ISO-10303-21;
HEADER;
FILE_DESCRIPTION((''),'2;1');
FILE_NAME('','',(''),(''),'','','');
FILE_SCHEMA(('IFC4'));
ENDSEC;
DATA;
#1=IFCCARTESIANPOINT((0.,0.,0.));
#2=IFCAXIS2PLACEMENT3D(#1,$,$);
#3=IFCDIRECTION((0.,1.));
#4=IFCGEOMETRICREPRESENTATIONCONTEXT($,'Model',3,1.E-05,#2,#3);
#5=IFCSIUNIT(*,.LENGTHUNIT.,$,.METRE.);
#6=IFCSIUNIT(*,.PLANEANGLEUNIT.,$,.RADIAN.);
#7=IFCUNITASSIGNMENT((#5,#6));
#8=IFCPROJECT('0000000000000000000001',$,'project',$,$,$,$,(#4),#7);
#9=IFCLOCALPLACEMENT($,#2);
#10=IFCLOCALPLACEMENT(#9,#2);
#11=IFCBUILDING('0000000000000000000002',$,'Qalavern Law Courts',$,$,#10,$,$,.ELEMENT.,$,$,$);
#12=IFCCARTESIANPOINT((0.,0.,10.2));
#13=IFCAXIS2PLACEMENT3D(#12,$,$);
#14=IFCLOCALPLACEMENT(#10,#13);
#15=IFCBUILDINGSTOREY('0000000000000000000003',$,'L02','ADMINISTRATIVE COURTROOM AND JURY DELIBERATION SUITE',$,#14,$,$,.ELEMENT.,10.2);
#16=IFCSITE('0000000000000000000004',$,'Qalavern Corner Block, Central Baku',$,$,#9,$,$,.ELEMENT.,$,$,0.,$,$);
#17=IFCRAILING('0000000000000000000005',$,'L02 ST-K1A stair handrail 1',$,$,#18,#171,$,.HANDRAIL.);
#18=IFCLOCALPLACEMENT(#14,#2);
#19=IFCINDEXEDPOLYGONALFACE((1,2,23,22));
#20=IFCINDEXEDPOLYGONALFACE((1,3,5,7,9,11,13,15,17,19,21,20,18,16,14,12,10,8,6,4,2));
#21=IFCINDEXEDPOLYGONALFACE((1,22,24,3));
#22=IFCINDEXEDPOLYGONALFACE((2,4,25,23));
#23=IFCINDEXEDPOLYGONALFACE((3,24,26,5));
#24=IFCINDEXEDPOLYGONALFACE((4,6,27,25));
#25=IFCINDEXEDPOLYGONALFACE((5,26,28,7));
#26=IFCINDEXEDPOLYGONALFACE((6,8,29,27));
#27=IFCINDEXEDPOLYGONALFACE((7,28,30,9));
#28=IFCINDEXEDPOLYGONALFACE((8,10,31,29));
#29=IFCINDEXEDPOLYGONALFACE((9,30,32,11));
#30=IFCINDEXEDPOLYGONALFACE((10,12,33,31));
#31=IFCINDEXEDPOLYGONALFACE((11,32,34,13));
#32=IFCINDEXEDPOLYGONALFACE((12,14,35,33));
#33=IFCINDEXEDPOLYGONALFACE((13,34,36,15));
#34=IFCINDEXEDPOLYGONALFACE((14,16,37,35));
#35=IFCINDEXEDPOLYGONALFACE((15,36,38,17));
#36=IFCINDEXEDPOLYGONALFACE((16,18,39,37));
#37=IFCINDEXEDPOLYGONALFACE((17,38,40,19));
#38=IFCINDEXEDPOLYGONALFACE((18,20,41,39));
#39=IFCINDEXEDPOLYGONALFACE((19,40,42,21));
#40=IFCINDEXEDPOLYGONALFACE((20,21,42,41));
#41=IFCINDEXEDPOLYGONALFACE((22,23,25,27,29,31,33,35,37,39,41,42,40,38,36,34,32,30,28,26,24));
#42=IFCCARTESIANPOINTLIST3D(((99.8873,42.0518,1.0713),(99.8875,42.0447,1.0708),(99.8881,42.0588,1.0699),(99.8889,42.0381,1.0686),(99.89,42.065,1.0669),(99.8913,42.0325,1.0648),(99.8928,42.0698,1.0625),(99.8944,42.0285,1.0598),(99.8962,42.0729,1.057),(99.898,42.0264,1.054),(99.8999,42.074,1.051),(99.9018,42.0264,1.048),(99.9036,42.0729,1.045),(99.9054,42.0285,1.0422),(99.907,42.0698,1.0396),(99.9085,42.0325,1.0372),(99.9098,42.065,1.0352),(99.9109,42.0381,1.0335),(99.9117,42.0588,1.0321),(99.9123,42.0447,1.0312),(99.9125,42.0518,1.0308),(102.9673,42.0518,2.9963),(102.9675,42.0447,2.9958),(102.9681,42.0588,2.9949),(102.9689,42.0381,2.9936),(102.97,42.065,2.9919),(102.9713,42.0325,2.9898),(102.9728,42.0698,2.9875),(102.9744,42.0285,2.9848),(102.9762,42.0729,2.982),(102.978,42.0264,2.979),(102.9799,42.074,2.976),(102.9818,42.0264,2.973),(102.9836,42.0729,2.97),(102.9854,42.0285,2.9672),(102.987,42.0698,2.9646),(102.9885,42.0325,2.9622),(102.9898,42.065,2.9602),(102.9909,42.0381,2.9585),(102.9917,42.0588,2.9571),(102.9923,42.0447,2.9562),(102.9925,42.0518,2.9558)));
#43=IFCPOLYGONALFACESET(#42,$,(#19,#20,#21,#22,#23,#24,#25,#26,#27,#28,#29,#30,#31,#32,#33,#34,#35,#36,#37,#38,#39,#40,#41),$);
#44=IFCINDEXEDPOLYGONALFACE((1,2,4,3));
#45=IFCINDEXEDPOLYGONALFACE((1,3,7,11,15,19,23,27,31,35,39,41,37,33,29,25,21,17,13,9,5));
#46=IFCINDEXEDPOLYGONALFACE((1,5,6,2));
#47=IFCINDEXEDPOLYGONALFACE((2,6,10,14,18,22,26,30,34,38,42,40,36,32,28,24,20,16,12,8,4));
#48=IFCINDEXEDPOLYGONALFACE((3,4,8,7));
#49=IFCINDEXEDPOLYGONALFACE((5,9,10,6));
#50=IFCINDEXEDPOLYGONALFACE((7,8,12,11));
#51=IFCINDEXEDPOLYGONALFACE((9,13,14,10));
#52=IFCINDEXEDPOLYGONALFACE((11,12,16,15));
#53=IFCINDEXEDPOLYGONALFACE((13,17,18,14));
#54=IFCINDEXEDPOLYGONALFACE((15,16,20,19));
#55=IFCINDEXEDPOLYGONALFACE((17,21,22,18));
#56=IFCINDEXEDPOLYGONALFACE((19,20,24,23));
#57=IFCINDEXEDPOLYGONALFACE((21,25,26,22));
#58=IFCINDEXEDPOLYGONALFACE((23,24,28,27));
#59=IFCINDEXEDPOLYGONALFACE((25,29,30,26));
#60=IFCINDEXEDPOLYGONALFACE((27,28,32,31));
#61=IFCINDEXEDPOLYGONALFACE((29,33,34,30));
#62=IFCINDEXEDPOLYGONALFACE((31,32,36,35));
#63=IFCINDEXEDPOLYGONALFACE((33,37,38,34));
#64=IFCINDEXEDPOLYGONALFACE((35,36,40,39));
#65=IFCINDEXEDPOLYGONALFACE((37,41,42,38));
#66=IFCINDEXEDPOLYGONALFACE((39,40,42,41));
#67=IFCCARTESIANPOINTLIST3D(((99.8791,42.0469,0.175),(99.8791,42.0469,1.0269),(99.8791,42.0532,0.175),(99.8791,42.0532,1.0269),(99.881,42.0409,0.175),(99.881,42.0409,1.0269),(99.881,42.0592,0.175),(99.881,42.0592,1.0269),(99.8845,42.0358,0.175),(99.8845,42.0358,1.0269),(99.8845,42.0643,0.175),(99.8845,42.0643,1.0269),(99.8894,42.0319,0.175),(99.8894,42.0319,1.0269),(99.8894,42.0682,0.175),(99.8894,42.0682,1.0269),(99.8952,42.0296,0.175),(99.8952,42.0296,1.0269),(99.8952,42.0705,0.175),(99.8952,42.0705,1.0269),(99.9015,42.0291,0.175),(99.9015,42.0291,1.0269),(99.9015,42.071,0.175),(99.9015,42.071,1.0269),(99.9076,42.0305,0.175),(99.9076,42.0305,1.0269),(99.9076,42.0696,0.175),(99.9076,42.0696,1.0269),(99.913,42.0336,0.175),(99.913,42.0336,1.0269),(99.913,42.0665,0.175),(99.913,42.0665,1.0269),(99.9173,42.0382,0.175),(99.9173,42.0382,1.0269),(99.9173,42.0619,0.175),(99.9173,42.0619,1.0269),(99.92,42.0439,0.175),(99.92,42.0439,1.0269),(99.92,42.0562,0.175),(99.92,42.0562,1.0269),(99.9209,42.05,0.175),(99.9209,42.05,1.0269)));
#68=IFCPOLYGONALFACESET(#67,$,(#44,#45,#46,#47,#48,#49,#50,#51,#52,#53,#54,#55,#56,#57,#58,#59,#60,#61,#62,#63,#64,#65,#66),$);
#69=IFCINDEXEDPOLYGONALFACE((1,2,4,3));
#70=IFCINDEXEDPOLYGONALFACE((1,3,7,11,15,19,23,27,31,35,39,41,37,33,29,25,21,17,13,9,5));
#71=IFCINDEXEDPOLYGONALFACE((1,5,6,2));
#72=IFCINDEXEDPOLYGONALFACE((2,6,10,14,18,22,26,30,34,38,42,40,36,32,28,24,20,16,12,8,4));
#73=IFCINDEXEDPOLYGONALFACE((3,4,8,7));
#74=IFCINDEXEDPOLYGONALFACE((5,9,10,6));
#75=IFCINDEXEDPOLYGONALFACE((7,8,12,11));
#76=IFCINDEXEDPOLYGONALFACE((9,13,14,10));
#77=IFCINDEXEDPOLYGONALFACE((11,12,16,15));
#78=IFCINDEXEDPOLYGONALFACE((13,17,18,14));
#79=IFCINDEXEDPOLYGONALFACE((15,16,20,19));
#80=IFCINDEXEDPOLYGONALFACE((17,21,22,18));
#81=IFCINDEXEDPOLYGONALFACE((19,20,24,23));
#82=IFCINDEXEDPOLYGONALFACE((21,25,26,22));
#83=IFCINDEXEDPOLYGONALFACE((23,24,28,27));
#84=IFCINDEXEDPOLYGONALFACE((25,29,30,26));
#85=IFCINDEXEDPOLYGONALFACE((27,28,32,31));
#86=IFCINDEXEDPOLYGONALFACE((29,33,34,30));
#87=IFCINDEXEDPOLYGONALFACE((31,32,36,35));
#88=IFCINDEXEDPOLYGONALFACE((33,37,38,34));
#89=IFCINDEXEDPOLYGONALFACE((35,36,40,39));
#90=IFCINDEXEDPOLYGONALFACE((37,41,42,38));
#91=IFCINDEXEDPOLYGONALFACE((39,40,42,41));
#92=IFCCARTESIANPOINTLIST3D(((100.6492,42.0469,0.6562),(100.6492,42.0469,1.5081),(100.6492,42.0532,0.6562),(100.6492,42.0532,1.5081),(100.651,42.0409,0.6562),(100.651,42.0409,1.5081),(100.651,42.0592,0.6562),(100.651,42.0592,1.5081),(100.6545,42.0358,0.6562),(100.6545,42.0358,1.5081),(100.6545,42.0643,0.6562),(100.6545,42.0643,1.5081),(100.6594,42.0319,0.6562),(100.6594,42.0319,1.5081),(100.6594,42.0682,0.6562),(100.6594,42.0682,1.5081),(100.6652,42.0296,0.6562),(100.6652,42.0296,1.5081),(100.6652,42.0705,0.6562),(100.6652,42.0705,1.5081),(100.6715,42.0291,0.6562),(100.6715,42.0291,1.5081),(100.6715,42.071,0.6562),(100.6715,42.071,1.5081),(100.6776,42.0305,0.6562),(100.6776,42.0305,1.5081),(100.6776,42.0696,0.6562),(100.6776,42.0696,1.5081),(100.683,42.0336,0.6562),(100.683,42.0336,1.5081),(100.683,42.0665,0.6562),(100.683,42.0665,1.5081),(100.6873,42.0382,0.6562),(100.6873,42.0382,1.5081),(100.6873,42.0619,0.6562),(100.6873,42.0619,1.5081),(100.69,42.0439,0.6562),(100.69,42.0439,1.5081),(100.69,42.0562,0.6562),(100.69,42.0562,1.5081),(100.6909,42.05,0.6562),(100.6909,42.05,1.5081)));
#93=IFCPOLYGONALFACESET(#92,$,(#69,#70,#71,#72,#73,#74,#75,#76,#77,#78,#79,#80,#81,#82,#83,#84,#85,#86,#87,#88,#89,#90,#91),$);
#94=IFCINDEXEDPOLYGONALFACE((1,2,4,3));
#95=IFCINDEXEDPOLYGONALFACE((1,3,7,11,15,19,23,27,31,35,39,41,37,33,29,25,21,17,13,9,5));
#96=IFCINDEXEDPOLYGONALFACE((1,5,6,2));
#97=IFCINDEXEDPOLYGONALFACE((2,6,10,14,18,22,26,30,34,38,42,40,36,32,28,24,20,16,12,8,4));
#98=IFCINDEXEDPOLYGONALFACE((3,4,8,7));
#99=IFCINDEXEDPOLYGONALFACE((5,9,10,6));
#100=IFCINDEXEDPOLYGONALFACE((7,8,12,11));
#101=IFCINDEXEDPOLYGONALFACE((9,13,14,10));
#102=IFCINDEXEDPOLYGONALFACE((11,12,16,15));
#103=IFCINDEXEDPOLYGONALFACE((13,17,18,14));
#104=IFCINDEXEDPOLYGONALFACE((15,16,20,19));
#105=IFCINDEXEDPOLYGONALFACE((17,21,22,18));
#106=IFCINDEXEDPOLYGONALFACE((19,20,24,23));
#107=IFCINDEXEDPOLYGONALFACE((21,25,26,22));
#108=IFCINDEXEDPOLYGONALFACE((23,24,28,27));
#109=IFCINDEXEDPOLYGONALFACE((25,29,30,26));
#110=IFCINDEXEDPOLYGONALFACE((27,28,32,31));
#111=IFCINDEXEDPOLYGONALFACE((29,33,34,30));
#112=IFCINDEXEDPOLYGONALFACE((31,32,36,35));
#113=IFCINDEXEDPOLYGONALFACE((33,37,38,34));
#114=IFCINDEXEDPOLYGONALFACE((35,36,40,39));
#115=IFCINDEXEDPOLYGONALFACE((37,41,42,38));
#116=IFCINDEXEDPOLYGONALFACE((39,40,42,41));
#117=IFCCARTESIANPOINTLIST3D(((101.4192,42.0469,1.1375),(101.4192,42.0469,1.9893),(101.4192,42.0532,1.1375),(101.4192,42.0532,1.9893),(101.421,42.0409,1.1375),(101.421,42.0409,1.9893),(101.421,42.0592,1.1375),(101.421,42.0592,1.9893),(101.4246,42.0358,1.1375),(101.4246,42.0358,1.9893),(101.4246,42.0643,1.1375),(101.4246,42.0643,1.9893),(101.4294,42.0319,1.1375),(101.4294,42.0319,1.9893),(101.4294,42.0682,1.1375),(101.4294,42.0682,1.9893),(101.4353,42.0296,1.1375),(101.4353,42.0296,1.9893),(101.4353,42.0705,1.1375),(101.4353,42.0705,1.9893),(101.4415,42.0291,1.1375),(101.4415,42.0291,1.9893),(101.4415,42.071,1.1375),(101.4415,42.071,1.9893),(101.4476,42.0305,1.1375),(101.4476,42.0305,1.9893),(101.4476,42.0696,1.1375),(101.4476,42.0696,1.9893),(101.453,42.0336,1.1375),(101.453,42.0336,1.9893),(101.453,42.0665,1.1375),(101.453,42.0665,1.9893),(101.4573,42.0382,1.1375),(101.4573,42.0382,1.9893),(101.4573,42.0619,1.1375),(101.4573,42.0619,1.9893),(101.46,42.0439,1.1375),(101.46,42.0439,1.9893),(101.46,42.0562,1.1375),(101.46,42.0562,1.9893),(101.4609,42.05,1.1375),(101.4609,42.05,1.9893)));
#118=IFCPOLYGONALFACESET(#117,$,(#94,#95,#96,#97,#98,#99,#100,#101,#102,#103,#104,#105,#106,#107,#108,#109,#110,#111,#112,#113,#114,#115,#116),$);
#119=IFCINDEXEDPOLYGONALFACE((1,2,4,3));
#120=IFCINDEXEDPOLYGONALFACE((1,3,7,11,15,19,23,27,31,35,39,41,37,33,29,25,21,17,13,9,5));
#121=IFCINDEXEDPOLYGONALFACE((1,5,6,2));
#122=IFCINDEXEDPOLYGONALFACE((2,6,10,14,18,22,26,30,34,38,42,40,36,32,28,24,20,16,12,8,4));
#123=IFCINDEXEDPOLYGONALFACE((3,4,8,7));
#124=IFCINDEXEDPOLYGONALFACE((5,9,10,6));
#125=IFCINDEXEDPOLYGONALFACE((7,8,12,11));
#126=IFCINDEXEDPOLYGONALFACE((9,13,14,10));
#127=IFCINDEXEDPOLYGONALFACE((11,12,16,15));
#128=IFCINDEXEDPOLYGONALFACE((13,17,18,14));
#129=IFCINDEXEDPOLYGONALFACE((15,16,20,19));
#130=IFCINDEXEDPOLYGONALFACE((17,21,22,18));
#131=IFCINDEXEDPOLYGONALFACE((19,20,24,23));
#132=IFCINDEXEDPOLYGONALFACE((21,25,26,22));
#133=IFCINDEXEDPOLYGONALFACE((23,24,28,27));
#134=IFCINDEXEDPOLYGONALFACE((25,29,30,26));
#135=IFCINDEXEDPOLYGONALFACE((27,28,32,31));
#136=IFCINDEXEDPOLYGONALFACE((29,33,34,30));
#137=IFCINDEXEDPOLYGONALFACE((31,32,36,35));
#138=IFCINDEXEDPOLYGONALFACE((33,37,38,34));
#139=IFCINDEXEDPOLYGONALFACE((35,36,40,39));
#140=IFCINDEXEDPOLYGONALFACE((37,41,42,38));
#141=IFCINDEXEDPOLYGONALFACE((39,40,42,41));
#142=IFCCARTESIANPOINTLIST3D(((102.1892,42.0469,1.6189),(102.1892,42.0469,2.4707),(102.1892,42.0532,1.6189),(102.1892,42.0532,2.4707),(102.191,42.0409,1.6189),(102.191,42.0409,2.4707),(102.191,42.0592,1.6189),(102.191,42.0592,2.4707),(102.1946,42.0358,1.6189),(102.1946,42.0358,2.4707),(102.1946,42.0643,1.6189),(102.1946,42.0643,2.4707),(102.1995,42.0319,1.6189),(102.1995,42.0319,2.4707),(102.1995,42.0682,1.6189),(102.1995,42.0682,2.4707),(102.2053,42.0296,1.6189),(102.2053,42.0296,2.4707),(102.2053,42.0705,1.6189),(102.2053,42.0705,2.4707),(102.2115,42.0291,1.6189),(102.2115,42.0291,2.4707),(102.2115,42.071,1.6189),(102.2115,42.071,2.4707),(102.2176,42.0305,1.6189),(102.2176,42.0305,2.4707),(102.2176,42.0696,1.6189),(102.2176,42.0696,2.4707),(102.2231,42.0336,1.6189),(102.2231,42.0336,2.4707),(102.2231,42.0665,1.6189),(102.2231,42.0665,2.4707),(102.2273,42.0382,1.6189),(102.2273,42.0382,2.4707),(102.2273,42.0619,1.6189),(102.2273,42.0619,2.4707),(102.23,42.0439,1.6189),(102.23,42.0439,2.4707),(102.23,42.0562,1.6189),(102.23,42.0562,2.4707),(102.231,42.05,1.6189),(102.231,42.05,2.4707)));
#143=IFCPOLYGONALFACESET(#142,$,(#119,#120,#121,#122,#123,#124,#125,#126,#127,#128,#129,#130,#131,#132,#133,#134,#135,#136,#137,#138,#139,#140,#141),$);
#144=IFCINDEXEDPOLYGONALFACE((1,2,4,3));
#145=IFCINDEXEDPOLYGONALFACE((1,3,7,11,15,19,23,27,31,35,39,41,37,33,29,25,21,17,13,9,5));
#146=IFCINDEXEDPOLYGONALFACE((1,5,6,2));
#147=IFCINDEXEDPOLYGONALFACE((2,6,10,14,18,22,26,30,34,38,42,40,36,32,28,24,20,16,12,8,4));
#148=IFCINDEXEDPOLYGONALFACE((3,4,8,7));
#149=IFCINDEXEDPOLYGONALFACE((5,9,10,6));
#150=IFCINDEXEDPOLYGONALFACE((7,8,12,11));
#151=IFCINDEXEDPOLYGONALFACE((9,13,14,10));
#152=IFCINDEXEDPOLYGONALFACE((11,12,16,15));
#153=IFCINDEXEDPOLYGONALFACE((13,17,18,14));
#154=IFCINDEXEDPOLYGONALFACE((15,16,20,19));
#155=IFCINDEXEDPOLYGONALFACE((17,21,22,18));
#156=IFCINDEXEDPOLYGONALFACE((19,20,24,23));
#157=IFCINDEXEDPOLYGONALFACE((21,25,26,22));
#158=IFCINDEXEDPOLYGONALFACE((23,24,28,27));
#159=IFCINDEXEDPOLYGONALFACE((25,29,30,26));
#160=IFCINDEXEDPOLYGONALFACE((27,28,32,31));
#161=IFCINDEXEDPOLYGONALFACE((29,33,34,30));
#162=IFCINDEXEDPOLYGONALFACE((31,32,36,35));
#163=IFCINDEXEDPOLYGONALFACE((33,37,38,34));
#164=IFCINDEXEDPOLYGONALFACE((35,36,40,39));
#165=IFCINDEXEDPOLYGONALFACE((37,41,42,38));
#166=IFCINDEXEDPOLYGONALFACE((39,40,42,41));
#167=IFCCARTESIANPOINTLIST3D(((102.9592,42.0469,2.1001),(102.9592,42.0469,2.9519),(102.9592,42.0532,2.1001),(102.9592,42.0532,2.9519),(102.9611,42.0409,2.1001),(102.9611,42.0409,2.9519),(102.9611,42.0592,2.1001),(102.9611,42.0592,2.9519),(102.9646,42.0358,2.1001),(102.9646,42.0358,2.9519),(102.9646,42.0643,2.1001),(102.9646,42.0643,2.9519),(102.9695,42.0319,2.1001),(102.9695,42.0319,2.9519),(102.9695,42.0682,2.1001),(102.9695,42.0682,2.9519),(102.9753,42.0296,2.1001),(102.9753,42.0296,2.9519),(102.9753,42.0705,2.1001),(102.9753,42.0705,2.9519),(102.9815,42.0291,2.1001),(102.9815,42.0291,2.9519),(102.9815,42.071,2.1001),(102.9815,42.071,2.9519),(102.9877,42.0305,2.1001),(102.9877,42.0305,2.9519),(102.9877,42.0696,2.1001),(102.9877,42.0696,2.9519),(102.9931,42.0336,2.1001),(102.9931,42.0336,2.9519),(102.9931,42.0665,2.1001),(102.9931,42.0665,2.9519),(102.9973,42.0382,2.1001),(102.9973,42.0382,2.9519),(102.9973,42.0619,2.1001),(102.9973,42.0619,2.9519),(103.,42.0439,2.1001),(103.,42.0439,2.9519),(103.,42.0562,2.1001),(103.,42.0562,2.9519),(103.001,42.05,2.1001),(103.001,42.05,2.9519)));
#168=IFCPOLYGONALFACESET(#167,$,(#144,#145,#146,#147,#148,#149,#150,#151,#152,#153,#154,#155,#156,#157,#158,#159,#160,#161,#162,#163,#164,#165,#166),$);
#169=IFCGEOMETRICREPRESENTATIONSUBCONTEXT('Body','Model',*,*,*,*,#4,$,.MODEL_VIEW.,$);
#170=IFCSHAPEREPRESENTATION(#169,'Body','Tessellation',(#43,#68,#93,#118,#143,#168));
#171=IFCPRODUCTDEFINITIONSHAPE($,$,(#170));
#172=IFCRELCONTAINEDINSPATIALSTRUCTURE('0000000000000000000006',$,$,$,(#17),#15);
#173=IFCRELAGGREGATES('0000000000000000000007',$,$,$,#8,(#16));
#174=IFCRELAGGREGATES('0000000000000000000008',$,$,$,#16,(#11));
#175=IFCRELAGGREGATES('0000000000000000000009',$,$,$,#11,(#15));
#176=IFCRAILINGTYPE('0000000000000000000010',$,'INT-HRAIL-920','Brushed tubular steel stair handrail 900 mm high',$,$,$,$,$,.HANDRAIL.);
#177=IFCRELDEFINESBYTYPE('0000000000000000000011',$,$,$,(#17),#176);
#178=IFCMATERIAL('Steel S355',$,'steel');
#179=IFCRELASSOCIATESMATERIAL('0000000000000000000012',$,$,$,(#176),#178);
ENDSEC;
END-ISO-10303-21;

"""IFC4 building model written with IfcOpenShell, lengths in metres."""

from ifc_helpers import new_model, si_unit, direction, frame, origin, origin_2d, place, context, subcontext, project, spatial, circle, extrude, material, type_object, element, save


model = new_model("IFC4")

# Units and contexts
model_context = context("Model", 3, precision=1e-05, world=origin(), true_north=direction((0.0, 1.0)))
body_context = subcontext(model_context, "Body", "Model", "MODEL_VIEW")
ifc_project = project(units=[si_unit("LENGTHUNIT", "METRE"), si_unit("PLANEANGLEUNIT", "RADIAN")], contexts=[model_context])

# Site, building, storey
site_placement = place(None, origin())
site = spatial("IfcSite", under=ifc_project, at=site_placement, Name="Qalavern Corner Block, Central Baku", CompositionType="ELEMENT", RefElevation=0.0)
building_placement = place(site_placement, origin())
building = spatial("IfcBuilding", under=site, at=building_placement, Name="Qalavern Law Courts", CompositionType="ELEMENT")
storey_placement = place(building_placement, frame((0.0, 0.0, 10.2)))
storey = spatial("IfcBuildingStorey", under=building, at=storey_placement, Name="L02", Description="ADMINISTRATIVE COURTROOM AND JURY DELIBERATION SUITE", CompositionType="ELEMENT", Elevation=10.2)

# Railing
ifc_material_1 = material(Name="Steel S355", Category="steel")
railing_type_1 = type_object("IfcRailingType", Name="INT-HRAIL-920", Description="Brushed tubular steel stair handrail 900 mm high", PredefinedType="HANDRAIL", material=ifc_material_1)
railing_1_placement = place(storey_placement, frame((99.8999, 42.05, 0.175)))
element("IfcRailing", 1, at=railing_1_placement, inside=storey, type_object=railing_type_1, Name="L02 ST-K1A stair handrail 1", PredefinedType="HANDRAIL", context=body_context, shape_type="SweptSolid", body=[
    extrude(circle(Radius=0.0239, at=origin_2d()), frame((0.0, 0.0, 0.876), z_axis=(0.847998, 0.0, 0.529999), x_axis=(0.0, 1.0, 0.0)), (0.0, 0.0, 1.0), 3.6321),
    extrude(circle(Radius=0.021, at=origin_2d()), origin(), (0.0, 0.0, 1.0), 0.8518),
    extrude(circle(Radius=0.021, at=origin_2d()), frame((0.77, 0.0, 0.4812)), (0.0, 0.0, 1.0), 0.8518),
    extrude(circle(Radius=0.021, at=origin_2d()), frame((1.54, 0.0, 0.9624)), (0.0, 0.0, 1.0), 0.8518),
    extrude(circle(Radius=0.021, at=origin_2d()), frame((2.3101, 0.0, 1.4438)), (0.0, 0.0, 1.0), 0.8518),
    extrude(circle(Radius=0.021, at=origin_2d()), frame((3.0801, 0.0, 1.925)), (0.0, 0.0, 1.0), 0.8518),
])

save(model, "model.ifc")
